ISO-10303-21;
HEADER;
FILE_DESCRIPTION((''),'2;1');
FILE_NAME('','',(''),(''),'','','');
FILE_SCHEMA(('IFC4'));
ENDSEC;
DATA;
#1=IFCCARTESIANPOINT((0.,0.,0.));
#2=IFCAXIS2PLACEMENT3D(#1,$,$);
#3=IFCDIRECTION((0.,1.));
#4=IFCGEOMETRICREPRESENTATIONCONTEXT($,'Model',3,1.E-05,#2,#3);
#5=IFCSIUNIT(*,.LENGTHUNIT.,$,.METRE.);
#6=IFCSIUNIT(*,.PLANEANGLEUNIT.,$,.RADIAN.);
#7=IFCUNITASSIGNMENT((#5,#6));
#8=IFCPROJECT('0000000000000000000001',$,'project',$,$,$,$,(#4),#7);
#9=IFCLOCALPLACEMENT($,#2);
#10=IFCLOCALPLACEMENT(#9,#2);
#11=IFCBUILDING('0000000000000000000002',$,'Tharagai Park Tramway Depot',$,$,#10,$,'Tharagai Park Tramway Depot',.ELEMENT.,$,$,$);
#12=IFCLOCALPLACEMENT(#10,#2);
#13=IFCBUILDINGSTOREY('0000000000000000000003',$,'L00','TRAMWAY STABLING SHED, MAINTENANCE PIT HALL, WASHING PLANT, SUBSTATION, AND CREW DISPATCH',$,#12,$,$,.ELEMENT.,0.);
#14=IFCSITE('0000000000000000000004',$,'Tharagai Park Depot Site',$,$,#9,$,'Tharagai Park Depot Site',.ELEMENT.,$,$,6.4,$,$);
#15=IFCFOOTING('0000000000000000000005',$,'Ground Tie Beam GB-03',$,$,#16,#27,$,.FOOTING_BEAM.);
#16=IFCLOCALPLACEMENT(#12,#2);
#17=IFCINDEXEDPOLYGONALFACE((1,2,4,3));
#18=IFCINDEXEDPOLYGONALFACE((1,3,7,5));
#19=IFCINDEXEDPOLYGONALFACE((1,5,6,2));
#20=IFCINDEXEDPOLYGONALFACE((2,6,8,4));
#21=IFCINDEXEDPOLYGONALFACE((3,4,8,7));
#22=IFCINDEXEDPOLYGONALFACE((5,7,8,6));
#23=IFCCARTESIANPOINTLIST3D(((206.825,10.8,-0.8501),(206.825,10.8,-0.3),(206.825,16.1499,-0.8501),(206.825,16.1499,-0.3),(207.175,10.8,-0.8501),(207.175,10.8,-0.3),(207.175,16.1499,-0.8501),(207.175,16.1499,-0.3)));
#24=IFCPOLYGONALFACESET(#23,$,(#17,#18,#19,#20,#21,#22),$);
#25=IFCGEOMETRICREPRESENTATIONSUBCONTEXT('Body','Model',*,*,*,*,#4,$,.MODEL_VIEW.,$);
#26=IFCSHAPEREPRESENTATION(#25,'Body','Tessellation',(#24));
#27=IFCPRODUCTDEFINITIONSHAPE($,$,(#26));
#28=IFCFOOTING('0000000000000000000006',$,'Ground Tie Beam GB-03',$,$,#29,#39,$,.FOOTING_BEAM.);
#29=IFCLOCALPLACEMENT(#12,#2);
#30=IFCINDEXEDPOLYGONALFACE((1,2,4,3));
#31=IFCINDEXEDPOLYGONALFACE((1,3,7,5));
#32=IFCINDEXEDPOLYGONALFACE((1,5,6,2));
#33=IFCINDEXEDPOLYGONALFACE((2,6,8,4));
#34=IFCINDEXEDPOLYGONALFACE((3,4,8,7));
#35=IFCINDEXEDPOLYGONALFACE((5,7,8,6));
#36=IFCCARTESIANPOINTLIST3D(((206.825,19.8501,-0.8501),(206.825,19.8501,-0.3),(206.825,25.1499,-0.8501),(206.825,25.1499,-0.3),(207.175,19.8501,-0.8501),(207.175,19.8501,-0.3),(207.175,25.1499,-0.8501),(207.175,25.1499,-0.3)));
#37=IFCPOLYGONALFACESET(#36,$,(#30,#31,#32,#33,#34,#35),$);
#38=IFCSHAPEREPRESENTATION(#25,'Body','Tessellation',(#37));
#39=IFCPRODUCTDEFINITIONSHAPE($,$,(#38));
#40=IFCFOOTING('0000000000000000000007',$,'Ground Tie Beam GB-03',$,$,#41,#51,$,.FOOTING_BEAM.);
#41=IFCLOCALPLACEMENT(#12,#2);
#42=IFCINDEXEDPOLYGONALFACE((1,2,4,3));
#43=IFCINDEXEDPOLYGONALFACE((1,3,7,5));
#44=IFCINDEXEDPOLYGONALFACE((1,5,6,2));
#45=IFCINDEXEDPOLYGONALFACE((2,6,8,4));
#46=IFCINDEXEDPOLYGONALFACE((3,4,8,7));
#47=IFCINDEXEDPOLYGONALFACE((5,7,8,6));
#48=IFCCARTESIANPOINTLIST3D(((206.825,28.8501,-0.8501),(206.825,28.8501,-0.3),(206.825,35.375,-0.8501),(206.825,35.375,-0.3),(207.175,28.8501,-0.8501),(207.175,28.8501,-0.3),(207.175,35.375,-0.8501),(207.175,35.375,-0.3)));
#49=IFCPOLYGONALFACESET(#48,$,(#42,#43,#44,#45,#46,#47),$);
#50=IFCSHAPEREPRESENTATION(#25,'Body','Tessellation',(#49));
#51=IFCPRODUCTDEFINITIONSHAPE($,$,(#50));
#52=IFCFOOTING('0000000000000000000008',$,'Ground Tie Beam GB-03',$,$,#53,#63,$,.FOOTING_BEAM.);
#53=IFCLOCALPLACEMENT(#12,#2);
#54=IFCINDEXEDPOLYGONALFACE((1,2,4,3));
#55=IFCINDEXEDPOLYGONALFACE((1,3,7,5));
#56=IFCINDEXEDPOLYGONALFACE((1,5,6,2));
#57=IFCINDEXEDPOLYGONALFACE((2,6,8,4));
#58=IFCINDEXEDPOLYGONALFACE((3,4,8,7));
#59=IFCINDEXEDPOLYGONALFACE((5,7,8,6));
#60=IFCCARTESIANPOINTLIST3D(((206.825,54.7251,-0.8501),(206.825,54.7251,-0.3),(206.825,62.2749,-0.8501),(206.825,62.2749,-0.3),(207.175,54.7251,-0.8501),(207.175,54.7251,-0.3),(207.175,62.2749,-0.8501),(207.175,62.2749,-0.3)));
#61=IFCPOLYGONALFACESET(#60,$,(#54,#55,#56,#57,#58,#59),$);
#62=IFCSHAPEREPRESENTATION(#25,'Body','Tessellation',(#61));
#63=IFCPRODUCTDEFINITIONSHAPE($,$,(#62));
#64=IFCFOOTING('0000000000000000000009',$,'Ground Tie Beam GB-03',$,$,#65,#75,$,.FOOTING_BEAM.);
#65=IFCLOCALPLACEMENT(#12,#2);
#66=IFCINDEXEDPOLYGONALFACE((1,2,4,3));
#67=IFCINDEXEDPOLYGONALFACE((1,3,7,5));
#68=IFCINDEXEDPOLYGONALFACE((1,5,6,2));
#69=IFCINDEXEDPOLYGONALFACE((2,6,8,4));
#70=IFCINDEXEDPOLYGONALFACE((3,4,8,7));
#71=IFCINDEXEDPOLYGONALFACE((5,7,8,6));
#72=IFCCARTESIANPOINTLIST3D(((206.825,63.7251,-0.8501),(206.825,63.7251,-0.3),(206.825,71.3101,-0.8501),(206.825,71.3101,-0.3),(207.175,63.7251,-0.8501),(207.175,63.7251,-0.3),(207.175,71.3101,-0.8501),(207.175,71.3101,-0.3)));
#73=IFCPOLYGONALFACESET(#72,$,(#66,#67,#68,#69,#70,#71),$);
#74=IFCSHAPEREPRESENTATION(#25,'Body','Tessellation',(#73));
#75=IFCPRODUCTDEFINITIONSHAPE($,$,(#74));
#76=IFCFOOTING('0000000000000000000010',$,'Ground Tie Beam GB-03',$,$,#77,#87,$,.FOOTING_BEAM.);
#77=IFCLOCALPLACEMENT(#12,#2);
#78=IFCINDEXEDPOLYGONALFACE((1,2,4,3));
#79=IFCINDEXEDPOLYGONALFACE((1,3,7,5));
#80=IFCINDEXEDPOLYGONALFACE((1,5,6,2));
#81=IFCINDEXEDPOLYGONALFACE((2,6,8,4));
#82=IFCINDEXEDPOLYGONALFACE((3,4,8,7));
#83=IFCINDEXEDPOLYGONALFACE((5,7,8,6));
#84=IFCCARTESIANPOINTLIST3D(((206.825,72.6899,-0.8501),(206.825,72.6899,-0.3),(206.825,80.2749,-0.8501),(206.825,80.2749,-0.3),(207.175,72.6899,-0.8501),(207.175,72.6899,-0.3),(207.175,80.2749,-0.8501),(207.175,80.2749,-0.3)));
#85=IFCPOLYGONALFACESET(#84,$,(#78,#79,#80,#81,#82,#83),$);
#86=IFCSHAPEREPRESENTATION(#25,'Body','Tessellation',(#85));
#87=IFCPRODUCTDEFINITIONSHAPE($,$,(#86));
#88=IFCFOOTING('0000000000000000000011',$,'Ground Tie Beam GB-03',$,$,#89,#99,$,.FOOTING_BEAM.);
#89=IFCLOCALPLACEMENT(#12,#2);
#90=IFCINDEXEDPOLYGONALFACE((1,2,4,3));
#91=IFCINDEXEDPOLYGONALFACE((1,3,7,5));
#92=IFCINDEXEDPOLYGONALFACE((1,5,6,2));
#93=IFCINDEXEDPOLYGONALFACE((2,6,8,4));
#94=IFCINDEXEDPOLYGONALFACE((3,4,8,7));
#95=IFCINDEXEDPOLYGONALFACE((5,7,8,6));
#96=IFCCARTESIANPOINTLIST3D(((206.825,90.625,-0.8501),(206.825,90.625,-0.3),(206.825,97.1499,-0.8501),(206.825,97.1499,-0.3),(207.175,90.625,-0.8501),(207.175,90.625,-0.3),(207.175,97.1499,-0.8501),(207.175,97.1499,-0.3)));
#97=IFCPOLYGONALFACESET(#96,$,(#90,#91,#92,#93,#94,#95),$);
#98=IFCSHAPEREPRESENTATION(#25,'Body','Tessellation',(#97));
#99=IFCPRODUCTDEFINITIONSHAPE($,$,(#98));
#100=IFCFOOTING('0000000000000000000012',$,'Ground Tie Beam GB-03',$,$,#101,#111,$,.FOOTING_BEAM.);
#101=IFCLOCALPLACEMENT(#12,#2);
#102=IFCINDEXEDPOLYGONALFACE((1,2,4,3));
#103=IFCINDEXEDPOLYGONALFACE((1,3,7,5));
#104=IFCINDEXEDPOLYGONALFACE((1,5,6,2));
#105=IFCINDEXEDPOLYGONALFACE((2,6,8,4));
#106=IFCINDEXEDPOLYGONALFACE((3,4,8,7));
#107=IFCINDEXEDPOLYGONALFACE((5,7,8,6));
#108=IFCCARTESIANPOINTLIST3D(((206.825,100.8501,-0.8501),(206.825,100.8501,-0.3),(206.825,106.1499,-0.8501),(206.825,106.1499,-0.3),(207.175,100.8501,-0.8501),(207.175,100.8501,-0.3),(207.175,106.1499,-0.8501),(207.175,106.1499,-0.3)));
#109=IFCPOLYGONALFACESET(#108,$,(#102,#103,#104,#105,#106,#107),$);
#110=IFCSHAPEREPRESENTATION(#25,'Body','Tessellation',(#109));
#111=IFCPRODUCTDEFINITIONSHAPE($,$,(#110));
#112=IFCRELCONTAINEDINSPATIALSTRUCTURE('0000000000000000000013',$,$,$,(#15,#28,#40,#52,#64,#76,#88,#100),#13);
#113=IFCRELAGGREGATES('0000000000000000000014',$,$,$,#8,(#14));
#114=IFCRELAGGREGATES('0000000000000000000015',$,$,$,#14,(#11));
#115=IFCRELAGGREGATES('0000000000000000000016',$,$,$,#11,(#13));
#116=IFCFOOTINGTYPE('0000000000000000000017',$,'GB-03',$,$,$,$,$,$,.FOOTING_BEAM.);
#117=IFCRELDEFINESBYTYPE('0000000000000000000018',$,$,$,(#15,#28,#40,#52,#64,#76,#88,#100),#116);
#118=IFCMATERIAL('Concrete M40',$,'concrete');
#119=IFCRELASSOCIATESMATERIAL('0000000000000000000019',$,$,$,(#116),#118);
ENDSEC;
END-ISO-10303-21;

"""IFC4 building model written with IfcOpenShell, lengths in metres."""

from ifc_helpers import new_model, si_unit, direction, frame, origin, place, context, subcontext, project, spatial, polyline, outline, extrude, material, type_object, element, save


model = new_model("IFC4")

# Units and contexts
model_context = context("Model", 3, precision=1e-05, world=origin(), true_north=direction((0.0, 1.0)))
body_context = subcontext(model_context, "Body", "Model", "MODEL_VIEW")
ifc_project = project(units=[si_unit("LENGTHUNIT", "METRE"), si_unit("PLANEANGLEUNIT", "RADIAN")], contexts=[model_context])

# Site, building, storey
site_placement = place(None, origin())
site = spatial("IfcSite", under=ifc_project, at=site_placement, Name="Tharagai Park Depot Site", LongName="Tharagai Park Depot Site", CompositionType="ELEMENT", RefElevation=6.4)
building_placement = place(site_placement, origin())
building = spatial("IfcBuilding", under=site, at=building_placement, Name="Tharagai Park Tramway Depot", LongName="Tharagai Park Tramway Depot", CompositionType="ELEMENT")
storey_placement = place(building_placement, origin())
storey = spatial("IfcBuildingStorey", under=building, at=storey_placement, Name="L00", Description="TRAMWAY STABLING SHED, MAINTENANCE PIT HALL, WASHING PLANT, SUBSTATION, AND CREW DISPATCH", CompositionType="ELEMENT", Elevation=0.0)

# Footings
ifc_material = material(Name="Concrete M40", Category="concrete")
footing_type = type_object("IfcFootingType", Name="GB-03", PredefinedType="FOOTING_BEAM", material=ifc_material)
footing_1_placement = place(storey_placement, frame((0.0, 0.0, -0.8501)))
element("IfcFooting", 1, at=footing_1_placement, inside=storey, type_object=footing_type, Name="Ground Tie Beam GB-03", PredefinedType="FOOTING_BEAM", context=body_context, shape_type="SweptSolid", body=[
    extrude(outline(polyline([(206.825, 10.8), (207.175, 10.8), (207.175, 16.1499), (206.825, 16.1499), (206.825, 10.8)])), origin(), (0.0, 0.0, 1.0), 0.55),
])
footing_2_placement = place(storey_placement, frame((0.0, 0.0, -0.8501)))
element("IfcFooting", 2, at=footing_2_placement, inside=storey, type_object=footing_type, Name="Ground Tie Beam GB-03", PredefinedType="FOOTING_BEAM", context=body_context, shape_type="SweptSolid", body=[
    extrude(outline(polyline([(206.825, 19.8501), (207.175, 19.8501), (207.175, 25.1499), (206.825, 25.1499), (206.825, 19.8501)])), origin(), (0.0, 0.0, 1.0), 0.55),
])
footing_3_placement = place(storey_placement, frame((0.0, 0.0, -0.8501)))
element("IfcFooting", 3, at=footing_3_placement, inside=storey, type_object=footing_type, Name="Ground Tie Beam GB-03", PredefinedType="FOOTING_BEAM", context=body_context, shape_type="SweptSolid", body=[
    extrude(outline(polyline([(206.825, 28.8501), (207.175, 28.8501), (207.175, 35.375), (206.825, 35.375), (206.825, 28.8501)])), origin(), (0.0, 0.0, 1.0), 0.55),
])
footing_4_placement = place(storey_placement, frame((0.0, 0.0, -0.8501)))
element("IfcFooting", 4, at=footing_4_placement, inside=storey, type_object=footing_type, Name="Ground Tie Beam GB-03", PredefinedType="FOOTING_BEAM", context=body_context, shape_type="SweptSolid", body=[
    extrude(outline(polyline([(206.825, 54.7251), (207.175, 54.7251), (207.175, 62.2749), (206.825, 62.2749), (206.825, 54.7251)])), origin(), (0.0, 0.0, 1.0), 0.55),
])
footing_5_placement = place(storey_placement, frame((0.0, 0.0, -0.8501)))
element("IfcFooting", 5, at=footing_5_placement, inside=storey, type_object=footing_type, Name="Ground Tie Beam GB-03", PredefinedType="FOOTING_BEAM", context=body_context, shape_type="SweptSolid", body=[
    extrude(outline(polyline([(206.825, 63.7251), (207.175, 63.7251), (207.175, 71.3101), (206.825, 71.3101), (206.825, 63.7251)])), origin(), (0.0, 0.0, 1.0), 0.55),
])
footing_6_placement = place(storey_placement, frame((0.0, 0.0, -0.8501)))
element("IfcFooting", 6, at=footing_6_placement, inside=storey, type_object=footing_type, Name="Ground Tie Beam GB-03", PredefinedType="FOOTING_BEAM", context=body_context, shape_type="SweptSolid", body=[
    extrude(outline(polyline([(206.825, 72.6899), (207.175, 72.6899), (207.175, 80.2749), (206.825, 80.2749), (206.825, 72.6899)])), origin(), (0.0, 0.0, 1.0), 0.55),
])
footing_7_placement = place(storey_placement, frame((0.0, 0.0, -0.8501)))
element("IfcFooting", 7, at=footing_7_placement, inside=storey, type_object=footing_type, Name="Ground Tie Beam GB-03", PredefinedType="FOOTING_BEAM", context=body_context, shape_type="SweptSolid", body=[
    extrude(outline(polyline([(206.825, 90.625), (207.175, 90.625), (207.175, 97.1499), (206.825, 97.1499), (206.825, 90.625)])), origin(), (0.0, 0.0, 1.0), 0.55),
])
footing_8_placement = place(storey_placement, frame((0.0, 0.0, -0.8501)))
element("IfcFooting", 8, at=footing_8_placement, inside=storey, type_object=footing_type, Name="Ground Tie Beam GB-03", PredefinedType="FOOTING_BEAM", context=body_context, shape_type="SweptSolid", body=[
    extrude(outline(polyline([(206.825, 100.8501), (207.175, 100.8501), (207.175, 106.1499), (206.825, 106.1499), (206.825, 100.8501)])), origin(), (0.0, 0.0, 1.0), 0.55),
])

save(model, "model.ifc")
